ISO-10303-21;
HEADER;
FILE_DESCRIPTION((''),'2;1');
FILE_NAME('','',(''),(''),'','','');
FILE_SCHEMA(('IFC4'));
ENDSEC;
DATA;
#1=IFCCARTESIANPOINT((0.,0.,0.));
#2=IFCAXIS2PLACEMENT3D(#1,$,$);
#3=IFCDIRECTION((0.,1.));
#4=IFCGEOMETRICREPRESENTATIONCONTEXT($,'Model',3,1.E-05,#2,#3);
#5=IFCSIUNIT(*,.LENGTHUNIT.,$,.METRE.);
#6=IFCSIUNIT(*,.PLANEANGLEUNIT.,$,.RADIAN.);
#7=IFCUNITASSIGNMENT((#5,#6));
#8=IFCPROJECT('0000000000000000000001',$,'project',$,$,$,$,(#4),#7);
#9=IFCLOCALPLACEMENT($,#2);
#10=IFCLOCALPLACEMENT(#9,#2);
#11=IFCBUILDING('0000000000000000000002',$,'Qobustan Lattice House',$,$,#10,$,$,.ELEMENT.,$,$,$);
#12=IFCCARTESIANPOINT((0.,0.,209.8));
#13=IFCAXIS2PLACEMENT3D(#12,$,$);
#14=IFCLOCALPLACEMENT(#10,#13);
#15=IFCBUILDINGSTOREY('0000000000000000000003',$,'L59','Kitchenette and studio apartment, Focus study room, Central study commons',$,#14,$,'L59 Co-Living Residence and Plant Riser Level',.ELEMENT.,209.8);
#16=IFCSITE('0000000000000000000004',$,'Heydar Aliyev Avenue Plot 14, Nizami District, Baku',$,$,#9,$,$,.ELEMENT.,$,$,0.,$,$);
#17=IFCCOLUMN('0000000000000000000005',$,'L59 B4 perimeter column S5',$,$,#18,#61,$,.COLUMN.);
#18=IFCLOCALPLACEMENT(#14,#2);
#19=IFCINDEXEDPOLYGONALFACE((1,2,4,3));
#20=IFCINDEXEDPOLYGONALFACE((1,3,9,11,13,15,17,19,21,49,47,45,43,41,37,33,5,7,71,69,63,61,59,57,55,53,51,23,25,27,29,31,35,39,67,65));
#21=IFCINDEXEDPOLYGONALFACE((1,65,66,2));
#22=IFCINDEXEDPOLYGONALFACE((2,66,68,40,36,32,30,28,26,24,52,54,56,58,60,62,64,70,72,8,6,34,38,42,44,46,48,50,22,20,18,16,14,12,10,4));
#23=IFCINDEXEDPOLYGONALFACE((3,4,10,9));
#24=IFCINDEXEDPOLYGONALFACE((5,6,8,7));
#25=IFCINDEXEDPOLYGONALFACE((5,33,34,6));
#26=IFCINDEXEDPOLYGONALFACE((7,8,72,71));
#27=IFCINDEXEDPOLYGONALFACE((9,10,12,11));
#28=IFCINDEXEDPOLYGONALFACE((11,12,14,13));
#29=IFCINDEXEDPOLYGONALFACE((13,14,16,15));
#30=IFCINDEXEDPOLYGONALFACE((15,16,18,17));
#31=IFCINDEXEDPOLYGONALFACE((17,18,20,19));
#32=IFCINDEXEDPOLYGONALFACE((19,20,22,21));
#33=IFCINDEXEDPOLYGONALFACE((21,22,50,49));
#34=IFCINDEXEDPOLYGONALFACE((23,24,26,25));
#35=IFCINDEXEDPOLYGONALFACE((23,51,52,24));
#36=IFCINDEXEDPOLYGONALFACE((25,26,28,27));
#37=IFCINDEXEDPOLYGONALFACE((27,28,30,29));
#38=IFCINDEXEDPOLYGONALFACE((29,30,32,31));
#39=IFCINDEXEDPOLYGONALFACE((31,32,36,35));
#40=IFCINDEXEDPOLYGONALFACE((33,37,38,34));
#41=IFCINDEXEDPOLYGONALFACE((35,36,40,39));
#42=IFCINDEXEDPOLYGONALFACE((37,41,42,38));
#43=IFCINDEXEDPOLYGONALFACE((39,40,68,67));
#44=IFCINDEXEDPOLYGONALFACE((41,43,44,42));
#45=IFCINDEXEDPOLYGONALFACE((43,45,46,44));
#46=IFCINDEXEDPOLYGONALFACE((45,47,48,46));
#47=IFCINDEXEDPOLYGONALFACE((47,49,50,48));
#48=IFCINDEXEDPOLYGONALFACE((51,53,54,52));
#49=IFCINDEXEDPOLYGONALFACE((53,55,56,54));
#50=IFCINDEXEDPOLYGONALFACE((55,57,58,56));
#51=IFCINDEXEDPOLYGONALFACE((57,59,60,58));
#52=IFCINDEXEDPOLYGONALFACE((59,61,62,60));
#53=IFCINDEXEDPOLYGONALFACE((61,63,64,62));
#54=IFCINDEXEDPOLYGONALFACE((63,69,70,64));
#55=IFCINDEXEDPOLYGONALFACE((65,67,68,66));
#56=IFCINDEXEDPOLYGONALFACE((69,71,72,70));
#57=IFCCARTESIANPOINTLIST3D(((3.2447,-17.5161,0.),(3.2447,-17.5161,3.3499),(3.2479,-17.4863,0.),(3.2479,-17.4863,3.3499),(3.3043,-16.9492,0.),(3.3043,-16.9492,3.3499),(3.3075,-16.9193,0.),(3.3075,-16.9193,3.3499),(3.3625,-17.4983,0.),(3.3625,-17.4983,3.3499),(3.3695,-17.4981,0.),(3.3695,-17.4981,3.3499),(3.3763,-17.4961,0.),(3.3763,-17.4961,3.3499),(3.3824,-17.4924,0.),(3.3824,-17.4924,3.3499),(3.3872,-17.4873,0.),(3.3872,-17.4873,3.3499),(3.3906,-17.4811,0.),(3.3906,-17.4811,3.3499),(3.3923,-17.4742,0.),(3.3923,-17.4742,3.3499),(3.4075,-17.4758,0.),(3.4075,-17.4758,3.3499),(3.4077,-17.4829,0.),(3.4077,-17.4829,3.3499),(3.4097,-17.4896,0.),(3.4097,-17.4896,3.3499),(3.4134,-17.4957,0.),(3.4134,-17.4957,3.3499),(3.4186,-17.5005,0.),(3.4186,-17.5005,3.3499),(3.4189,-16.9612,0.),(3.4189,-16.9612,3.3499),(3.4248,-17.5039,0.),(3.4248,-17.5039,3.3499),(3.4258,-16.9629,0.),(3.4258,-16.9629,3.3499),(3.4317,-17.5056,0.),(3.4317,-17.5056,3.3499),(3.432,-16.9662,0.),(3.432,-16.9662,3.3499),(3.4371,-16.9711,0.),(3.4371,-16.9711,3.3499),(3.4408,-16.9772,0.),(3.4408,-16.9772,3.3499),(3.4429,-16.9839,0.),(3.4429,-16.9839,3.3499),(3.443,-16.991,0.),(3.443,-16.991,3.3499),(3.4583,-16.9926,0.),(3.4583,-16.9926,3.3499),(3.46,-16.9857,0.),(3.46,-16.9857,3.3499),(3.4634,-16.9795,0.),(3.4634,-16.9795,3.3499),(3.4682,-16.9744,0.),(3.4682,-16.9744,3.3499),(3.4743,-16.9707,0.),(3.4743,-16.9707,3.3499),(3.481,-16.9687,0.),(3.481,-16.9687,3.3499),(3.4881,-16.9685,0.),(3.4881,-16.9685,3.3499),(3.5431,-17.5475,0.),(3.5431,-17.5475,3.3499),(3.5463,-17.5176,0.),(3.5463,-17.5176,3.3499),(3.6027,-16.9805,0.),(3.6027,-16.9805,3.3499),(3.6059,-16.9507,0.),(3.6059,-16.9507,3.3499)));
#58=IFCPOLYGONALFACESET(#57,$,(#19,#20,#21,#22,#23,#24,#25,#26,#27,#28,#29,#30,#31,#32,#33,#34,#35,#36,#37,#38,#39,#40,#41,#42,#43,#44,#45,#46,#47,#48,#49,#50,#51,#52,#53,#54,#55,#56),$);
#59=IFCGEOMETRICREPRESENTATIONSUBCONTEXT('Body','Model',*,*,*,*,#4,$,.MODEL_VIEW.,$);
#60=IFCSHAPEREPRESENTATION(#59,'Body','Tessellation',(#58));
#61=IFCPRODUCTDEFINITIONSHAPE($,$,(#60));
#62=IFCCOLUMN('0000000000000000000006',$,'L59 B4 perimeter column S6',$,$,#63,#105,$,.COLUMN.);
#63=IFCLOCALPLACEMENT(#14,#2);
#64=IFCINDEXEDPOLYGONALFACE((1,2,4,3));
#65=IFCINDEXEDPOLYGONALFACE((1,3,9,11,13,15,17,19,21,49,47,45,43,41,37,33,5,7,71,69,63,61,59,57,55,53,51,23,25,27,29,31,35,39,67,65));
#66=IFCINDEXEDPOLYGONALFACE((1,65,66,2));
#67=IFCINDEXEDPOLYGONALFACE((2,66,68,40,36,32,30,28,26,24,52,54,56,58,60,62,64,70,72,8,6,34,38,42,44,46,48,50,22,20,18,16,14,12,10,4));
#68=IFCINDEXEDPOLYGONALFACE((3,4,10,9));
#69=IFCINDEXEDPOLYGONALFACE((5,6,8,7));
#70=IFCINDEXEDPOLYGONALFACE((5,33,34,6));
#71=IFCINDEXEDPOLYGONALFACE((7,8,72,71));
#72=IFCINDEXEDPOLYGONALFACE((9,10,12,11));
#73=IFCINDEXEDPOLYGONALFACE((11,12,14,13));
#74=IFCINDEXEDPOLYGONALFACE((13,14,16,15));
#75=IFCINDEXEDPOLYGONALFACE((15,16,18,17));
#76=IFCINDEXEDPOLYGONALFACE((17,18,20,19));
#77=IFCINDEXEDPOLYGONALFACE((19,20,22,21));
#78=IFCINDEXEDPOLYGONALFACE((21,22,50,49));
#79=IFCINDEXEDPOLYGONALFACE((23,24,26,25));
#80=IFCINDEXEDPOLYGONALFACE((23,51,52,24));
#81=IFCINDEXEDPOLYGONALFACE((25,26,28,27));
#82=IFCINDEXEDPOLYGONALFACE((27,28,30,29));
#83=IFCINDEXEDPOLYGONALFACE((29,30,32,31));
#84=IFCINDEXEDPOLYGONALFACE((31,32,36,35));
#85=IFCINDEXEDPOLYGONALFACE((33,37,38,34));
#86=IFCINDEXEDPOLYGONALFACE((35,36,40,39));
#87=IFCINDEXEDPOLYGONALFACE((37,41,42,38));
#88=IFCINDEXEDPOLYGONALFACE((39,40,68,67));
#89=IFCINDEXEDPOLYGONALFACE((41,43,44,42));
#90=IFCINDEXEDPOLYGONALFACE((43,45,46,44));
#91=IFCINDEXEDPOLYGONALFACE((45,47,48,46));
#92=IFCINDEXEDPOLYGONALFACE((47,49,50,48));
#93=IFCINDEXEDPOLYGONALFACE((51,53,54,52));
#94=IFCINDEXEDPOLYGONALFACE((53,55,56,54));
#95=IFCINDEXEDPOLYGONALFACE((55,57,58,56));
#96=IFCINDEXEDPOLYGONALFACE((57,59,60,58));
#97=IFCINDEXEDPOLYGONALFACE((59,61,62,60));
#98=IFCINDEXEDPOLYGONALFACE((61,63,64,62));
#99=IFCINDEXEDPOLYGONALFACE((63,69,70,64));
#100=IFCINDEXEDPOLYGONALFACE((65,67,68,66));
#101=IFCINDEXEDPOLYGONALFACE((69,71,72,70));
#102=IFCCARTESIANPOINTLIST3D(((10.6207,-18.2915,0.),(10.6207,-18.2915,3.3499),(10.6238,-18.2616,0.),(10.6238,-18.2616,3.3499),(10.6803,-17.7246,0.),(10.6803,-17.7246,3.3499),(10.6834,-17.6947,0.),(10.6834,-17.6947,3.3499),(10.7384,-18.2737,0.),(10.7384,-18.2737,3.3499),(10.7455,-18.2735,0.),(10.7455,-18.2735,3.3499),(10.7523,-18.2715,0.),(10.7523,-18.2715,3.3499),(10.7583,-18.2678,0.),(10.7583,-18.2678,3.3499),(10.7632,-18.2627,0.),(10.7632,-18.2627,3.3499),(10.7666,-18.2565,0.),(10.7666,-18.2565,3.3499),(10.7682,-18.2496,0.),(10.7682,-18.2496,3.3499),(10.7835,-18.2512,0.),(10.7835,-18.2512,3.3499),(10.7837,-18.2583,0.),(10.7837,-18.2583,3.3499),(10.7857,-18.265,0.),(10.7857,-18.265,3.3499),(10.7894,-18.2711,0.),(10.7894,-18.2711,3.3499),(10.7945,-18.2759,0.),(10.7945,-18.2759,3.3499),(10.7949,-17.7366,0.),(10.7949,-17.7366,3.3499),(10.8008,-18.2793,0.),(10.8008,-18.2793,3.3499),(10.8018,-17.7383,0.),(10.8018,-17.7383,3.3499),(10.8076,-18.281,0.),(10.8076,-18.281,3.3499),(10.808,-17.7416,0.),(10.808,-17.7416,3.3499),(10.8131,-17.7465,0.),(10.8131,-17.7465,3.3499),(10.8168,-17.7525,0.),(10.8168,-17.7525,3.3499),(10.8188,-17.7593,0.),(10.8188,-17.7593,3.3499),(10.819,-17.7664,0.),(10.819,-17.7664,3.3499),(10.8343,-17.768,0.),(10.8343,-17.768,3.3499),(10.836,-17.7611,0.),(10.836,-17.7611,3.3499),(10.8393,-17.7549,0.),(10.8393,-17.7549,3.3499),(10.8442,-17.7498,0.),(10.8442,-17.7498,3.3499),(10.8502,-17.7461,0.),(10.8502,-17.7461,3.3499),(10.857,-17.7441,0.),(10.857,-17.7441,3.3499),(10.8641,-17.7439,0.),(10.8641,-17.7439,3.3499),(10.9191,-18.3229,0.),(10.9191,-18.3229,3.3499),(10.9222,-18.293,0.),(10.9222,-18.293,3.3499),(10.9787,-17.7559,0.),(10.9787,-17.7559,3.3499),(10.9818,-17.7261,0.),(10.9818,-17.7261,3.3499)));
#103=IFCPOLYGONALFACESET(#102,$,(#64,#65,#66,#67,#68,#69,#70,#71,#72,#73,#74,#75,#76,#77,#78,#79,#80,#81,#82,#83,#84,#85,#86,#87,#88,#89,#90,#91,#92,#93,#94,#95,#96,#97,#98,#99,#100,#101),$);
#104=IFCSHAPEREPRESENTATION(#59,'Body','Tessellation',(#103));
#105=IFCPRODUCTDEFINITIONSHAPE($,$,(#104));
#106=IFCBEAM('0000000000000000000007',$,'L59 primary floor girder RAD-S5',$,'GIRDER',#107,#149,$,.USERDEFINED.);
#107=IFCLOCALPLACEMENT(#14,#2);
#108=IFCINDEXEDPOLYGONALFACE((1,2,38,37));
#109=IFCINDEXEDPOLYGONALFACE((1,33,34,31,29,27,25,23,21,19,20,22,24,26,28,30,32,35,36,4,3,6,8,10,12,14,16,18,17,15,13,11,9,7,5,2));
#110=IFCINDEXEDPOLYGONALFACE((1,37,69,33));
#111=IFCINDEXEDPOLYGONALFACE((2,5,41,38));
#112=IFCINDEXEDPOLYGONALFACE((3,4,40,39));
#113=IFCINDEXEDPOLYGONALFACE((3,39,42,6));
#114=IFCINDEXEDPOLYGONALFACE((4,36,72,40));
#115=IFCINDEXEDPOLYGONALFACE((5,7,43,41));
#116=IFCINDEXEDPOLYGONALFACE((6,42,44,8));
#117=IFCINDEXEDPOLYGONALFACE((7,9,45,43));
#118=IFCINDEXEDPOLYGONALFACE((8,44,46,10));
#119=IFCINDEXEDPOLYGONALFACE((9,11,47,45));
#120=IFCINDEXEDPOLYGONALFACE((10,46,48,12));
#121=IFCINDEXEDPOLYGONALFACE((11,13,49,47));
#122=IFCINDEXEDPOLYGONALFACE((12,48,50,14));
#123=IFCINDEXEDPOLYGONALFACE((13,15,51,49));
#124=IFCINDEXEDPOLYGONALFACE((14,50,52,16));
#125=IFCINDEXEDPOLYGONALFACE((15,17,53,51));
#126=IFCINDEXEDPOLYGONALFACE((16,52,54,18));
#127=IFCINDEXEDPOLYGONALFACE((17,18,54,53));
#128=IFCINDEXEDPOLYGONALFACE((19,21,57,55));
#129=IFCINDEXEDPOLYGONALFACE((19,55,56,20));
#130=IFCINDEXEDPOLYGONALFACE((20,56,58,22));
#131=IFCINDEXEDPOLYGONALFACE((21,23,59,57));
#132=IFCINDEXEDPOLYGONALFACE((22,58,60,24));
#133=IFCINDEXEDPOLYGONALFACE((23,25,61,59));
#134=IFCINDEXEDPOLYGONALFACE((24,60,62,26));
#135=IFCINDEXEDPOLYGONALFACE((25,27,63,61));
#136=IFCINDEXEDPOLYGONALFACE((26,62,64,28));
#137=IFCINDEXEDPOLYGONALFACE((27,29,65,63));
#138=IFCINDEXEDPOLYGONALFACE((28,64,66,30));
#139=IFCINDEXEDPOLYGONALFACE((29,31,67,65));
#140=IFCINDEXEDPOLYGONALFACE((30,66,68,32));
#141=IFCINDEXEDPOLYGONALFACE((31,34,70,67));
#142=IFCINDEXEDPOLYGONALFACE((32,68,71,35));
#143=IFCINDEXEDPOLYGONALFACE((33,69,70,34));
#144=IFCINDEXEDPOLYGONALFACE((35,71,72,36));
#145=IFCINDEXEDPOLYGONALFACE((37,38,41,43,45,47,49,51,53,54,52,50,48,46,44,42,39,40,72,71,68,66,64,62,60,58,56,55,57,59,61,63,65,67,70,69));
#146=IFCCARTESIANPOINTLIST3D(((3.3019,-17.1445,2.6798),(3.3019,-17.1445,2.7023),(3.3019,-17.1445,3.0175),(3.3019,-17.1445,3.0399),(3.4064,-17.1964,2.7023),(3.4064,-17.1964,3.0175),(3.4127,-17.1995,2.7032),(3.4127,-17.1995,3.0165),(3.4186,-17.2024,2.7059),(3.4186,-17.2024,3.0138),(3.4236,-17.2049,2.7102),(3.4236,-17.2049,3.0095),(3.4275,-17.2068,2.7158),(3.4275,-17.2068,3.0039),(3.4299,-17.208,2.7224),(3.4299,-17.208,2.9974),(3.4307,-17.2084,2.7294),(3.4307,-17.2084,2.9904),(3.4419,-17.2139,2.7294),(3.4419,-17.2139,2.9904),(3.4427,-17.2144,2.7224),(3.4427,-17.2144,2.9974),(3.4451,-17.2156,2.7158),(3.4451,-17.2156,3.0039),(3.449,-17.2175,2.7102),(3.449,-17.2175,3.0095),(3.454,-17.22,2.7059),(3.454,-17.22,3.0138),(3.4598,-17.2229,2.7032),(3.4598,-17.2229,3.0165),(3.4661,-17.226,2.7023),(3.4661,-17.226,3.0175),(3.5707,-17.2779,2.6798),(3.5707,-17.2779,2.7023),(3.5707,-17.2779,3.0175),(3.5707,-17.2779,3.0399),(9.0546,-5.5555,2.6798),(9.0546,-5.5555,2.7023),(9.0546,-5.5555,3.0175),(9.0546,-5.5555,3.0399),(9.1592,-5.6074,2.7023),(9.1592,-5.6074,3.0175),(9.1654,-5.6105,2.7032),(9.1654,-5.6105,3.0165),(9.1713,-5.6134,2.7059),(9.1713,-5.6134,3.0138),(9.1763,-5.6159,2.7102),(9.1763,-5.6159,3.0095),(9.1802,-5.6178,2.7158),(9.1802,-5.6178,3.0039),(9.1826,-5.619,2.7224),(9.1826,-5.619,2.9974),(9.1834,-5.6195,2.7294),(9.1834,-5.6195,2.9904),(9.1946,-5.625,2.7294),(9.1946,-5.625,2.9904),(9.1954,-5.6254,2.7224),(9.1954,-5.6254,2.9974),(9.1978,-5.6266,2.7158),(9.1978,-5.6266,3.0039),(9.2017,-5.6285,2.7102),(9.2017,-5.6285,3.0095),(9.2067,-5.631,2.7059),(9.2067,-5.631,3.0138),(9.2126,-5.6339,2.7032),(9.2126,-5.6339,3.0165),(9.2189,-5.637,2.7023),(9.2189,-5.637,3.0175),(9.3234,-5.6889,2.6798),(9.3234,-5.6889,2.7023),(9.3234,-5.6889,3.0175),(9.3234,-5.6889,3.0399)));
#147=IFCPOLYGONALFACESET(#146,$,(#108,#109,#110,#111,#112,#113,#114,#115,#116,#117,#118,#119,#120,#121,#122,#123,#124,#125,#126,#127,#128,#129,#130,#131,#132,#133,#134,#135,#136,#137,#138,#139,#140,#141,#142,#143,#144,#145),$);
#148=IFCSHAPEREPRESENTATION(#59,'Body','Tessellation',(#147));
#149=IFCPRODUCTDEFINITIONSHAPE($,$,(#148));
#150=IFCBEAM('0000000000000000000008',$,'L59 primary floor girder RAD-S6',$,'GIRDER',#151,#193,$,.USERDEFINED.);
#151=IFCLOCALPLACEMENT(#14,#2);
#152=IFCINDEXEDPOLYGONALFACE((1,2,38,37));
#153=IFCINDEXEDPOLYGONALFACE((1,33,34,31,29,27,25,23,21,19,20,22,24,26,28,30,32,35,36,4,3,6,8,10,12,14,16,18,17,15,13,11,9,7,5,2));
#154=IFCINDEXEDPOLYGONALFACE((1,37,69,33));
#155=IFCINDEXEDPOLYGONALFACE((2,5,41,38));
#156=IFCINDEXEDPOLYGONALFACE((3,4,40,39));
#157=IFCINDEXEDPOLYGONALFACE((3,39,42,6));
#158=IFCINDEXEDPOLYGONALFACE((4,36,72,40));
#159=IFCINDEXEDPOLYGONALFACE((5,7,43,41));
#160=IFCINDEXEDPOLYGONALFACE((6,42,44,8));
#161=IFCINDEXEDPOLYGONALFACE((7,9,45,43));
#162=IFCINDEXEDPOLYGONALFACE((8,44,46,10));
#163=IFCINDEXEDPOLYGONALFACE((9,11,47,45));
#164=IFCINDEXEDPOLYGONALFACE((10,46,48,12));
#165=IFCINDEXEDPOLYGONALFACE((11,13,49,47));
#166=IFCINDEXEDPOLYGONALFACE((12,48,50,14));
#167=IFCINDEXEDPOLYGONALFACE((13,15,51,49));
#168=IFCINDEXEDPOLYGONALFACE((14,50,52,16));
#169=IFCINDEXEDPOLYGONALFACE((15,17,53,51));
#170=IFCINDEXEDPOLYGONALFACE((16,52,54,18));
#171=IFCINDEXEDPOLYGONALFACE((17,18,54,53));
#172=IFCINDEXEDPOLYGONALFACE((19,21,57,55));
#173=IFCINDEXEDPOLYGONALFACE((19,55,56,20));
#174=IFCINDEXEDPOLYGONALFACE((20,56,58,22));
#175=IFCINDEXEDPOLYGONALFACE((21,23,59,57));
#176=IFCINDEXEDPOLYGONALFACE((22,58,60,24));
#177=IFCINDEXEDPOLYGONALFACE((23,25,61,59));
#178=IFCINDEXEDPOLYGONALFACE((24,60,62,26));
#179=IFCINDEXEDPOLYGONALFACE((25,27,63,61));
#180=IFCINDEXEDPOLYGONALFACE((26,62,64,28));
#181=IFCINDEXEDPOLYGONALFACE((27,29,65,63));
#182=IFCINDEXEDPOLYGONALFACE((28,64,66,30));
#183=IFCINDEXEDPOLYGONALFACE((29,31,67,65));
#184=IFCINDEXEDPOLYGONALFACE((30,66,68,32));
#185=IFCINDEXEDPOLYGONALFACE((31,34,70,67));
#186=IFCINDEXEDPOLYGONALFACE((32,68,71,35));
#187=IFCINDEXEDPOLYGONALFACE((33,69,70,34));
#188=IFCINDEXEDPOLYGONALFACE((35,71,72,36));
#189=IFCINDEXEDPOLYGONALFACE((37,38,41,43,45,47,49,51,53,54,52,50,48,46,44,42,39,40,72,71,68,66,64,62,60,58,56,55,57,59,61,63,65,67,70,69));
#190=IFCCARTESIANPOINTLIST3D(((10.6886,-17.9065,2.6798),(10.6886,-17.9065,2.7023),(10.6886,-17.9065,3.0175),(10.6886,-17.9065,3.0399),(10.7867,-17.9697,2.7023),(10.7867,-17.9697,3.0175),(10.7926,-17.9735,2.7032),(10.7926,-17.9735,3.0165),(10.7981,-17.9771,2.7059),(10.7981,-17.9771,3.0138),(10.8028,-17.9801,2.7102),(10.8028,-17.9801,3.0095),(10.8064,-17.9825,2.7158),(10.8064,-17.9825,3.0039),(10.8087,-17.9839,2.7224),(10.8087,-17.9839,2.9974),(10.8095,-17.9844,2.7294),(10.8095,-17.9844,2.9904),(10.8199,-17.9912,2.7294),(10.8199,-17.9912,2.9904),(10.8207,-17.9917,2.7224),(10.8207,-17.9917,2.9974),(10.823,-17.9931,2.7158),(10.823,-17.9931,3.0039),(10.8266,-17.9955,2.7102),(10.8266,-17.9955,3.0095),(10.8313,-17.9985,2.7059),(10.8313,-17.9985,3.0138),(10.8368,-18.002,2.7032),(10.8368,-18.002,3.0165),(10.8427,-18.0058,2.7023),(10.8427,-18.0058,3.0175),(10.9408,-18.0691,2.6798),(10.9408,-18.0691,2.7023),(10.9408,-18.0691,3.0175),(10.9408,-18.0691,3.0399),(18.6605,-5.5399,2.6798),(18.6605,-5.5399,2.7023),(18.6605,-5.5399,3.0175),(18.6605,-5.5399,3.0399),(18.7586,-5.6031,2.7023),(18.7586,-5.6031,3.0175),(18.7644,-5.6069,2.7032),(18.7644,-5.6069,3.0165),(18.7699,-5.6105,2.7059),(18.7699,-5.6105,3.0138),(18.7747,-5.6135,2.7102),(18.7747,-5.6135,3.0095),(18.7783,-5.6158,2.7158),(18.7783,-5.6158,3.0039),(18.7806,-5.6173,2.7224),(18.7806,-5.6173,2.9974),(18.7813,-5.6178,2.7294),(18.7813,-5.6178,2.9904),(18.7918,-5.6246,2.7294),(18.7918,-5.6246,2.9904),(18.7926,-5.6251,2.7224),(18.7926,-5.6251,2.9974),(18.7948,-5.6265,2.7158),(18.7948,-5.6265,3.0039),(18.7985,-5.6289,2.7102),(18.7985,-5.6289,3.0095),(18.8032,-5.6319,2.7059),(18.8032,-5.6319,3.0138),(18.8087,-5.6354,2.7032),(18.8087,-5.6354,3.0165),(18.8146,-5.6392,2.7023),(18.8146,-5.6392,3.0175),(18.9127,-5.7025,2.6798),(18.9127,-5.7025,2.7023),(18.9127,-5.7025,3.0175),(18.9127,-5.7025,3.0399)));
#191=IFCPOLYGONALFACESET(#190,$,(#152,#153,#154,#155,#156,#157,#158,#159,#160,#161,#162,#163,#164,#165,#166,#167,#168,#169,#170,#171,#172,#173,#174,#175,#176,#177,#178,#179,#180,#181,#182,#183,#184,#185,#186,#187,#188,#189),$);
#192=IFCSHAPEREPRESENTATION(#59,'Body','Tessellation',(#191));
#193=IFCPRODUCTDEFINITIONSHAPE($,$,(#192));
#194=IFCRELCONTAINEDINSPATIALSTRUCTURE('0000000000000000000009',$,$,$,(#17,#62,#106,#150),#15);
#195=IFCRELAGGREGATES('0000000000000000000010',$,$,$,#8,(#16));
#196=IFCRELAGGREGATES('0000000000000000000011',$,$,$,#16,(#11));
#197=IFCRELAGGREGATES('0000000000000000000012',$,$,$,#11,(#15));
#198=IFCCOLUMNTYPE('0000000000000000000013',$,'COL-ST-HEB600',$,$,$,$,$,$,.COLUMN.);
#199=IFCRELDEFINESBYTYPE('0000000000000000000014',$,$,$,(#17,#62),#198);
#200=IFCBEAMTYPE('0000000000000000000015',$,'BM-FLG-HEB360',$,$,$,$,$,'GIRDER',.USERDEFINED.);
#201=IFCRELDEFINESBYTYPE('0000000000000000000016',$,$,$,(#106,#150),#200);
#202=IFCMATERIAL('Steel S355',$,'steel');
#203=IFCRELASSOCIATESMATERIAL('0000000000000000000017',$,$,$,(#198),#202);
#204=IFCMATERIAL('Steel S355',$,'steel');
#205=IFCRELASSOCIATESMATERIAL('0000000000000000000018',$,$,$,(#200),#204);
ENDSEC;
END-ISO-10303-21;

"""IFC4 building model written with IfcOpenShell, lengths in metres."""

from ifc_helpers import new_model, si_unit, direction, frame, origin, origin_2d, place, context, subcontext, project, spatial, i_section, extrude, material, material_profile, profile_set, type_object, element, save


model = new_model("IFC4")

# Units and contexts
model_context = context("Model", 3, precision=1e-05, world=origin(), true_north=direction((0.0, 1.0)))
body_context = subcontext(model_context, "Body", "Model", "MODEL_VIEW")
ifc_project = project(units=[si_unit("LENGTHUNIT", "METRE"), si_unit("PLANEANGLEUNIT", "RADIAN")], contexts=[model_context])

# Site, building, storey
site_placement = place(None, origin())
site = spatial("IfcSite", under=ifc_project, at=site_placement, Name="Heydar Aliyev Avenue Plot 14, Nizami District, Baku", CompositionType="ELEMENT", RefElevation=0.0)
building_placement = place(site_placement, origin())
building = spatial("IfcBuilding", under=site, at=building_placement, Name="Qobustan Lattice House", CompositionType="ELEMENT")
storey_placement = place(building_placement, frame((0.0, 0.0, 209.8)))
storey = spatial("IfcBuildingStorey", under=building, at=storey_placement, Name="L59", Description="Kitchenette and studio apartment, Focus study room, Central study commons", LongName="L59 Co-Living Residence and Plant Riser Level", CompositionType="ELEMENT", Elevation=209.8)

# Columns
ifc_material_1 = material(Name="Steel S355", Category="steel")
ifc_material_profile_1 = material_profile(ifc_material_1, i_section(OverallWidth=0.3, OverallDepth=0.6001, WebThickness=0.0154, FlangeThickness=0.03, FilletRadius=0.0271, at=origin_2d()), Name="HEB600")
ifc_profile_set_1 = profile_set([ifc_material_profile_1], Name="Steel S355")
column_type = type_object("IfcColumnType", Name="COL-ST-HEB600", PredefinedType="COLUMN", material=ifc_profile_set_1)
for number, where, z_axis, x_axis, name in (
    (1, (3.4253, -17.2334, 0.0), (0.0, 0.0, 1.0), (0.994522, -0.104528, 0.0), "L59 B4 perimeter column S5"),
    (2, (10.8013, -18.0088, 0.0), (0.0, 0.0, 1.0), (0.994522, -0.104528, 0.0), "L59 B4 perimeter column S6"),
):
    element("IfcColumn", number, at=place(storey_placement, frame(where, z_axis=z_axis, x_axis=x_axis)), inside=storey, type_object=column_type, Name=name, PredefinedType="COLUMN", context=body_context, shape_type="SweptSolid", body=[
        extrude(i_section(OverallWidth=0.3, OverallDepth=0.6001, WebThickness=0.0154, FlangeThickness=0.03, FilletRadius=0.0271, at=origin_2d()), origin(), (0.0, 0.0, 1.0), 3.3499),
    ])

# Beams
ifc_material_2 = material(Name="Steel S355", Category="steel")
ifc_material_profile_2 = material_profile(ifc_material_2, i_section(OverallWidth=0.3, OverallDepth=0.3601, WebThickness=0.0125, FlangeThickness=0.0225, FilletRadius=0.0271, at=origin_2d()), Name="HEB360")
ifc_profile_set_2 = profile_set([ifc_material_profile_2], Name="Steel S355")
beam_type_1 = type_object("IfcBeamType", Name="BM-FLG-HEB360", ElementType="GIRDER", PredefinedType="USERDEFINED", material=ifc_profile_set_2)
beam_1_placement = place(storey_placement, frame((3.4363, -17.2112, 2.8599), z_axis=(0.44463, 0.895714, 0.0), x_axis=(-0.895714, 0.44463, 0.0)))
element("IfcBeam", 3, at=beam_1_placement, inside=storey, type_object=beam_type_1, Name="L59 primary floor girder RAD-S5", ObjectType="GIRDER", PredefinedType="USERDEFINED", context=body_context, shape_type="SweptSolid", body=[
    extrude(i_section(OverallWidth=0.3, OverallDepth=0.3601, WebThickness=0.0125, FlangeThickness=0.0225, FilletRadius=0.0271, at=origin_2d()), origin(), (0.0, 0.0, 1.0), 12.9382),
])
beam_2_placement = place(storey_placement, frame((10.8147, -17.9878, 2.8599), z_axis=(0.54181, 0.840501, 0.0), x_axis=(-0.840501, 0.54181, 0.0)))
element("IfcBeam", 4, at=beam_2_placement, inside=storey, type_object=beam_type_1, Name="L59 primary floor girder RAD-S6", ObjectType="GIRDER", PredefinedType="USERDEFINED", context=body_context, shape_type="SweptSolid", body=[
    extrude(i_section(OverallWidth=0.3, OverallDepth=0.3601, WebThickness=0.0125, FlangeThickness=0.0225, FilletRadius=0.0271, at=origin_2d()), origin(), (0.0, 0.0, 1.0), 14.7134),
])

save(model, "model.ifc")
